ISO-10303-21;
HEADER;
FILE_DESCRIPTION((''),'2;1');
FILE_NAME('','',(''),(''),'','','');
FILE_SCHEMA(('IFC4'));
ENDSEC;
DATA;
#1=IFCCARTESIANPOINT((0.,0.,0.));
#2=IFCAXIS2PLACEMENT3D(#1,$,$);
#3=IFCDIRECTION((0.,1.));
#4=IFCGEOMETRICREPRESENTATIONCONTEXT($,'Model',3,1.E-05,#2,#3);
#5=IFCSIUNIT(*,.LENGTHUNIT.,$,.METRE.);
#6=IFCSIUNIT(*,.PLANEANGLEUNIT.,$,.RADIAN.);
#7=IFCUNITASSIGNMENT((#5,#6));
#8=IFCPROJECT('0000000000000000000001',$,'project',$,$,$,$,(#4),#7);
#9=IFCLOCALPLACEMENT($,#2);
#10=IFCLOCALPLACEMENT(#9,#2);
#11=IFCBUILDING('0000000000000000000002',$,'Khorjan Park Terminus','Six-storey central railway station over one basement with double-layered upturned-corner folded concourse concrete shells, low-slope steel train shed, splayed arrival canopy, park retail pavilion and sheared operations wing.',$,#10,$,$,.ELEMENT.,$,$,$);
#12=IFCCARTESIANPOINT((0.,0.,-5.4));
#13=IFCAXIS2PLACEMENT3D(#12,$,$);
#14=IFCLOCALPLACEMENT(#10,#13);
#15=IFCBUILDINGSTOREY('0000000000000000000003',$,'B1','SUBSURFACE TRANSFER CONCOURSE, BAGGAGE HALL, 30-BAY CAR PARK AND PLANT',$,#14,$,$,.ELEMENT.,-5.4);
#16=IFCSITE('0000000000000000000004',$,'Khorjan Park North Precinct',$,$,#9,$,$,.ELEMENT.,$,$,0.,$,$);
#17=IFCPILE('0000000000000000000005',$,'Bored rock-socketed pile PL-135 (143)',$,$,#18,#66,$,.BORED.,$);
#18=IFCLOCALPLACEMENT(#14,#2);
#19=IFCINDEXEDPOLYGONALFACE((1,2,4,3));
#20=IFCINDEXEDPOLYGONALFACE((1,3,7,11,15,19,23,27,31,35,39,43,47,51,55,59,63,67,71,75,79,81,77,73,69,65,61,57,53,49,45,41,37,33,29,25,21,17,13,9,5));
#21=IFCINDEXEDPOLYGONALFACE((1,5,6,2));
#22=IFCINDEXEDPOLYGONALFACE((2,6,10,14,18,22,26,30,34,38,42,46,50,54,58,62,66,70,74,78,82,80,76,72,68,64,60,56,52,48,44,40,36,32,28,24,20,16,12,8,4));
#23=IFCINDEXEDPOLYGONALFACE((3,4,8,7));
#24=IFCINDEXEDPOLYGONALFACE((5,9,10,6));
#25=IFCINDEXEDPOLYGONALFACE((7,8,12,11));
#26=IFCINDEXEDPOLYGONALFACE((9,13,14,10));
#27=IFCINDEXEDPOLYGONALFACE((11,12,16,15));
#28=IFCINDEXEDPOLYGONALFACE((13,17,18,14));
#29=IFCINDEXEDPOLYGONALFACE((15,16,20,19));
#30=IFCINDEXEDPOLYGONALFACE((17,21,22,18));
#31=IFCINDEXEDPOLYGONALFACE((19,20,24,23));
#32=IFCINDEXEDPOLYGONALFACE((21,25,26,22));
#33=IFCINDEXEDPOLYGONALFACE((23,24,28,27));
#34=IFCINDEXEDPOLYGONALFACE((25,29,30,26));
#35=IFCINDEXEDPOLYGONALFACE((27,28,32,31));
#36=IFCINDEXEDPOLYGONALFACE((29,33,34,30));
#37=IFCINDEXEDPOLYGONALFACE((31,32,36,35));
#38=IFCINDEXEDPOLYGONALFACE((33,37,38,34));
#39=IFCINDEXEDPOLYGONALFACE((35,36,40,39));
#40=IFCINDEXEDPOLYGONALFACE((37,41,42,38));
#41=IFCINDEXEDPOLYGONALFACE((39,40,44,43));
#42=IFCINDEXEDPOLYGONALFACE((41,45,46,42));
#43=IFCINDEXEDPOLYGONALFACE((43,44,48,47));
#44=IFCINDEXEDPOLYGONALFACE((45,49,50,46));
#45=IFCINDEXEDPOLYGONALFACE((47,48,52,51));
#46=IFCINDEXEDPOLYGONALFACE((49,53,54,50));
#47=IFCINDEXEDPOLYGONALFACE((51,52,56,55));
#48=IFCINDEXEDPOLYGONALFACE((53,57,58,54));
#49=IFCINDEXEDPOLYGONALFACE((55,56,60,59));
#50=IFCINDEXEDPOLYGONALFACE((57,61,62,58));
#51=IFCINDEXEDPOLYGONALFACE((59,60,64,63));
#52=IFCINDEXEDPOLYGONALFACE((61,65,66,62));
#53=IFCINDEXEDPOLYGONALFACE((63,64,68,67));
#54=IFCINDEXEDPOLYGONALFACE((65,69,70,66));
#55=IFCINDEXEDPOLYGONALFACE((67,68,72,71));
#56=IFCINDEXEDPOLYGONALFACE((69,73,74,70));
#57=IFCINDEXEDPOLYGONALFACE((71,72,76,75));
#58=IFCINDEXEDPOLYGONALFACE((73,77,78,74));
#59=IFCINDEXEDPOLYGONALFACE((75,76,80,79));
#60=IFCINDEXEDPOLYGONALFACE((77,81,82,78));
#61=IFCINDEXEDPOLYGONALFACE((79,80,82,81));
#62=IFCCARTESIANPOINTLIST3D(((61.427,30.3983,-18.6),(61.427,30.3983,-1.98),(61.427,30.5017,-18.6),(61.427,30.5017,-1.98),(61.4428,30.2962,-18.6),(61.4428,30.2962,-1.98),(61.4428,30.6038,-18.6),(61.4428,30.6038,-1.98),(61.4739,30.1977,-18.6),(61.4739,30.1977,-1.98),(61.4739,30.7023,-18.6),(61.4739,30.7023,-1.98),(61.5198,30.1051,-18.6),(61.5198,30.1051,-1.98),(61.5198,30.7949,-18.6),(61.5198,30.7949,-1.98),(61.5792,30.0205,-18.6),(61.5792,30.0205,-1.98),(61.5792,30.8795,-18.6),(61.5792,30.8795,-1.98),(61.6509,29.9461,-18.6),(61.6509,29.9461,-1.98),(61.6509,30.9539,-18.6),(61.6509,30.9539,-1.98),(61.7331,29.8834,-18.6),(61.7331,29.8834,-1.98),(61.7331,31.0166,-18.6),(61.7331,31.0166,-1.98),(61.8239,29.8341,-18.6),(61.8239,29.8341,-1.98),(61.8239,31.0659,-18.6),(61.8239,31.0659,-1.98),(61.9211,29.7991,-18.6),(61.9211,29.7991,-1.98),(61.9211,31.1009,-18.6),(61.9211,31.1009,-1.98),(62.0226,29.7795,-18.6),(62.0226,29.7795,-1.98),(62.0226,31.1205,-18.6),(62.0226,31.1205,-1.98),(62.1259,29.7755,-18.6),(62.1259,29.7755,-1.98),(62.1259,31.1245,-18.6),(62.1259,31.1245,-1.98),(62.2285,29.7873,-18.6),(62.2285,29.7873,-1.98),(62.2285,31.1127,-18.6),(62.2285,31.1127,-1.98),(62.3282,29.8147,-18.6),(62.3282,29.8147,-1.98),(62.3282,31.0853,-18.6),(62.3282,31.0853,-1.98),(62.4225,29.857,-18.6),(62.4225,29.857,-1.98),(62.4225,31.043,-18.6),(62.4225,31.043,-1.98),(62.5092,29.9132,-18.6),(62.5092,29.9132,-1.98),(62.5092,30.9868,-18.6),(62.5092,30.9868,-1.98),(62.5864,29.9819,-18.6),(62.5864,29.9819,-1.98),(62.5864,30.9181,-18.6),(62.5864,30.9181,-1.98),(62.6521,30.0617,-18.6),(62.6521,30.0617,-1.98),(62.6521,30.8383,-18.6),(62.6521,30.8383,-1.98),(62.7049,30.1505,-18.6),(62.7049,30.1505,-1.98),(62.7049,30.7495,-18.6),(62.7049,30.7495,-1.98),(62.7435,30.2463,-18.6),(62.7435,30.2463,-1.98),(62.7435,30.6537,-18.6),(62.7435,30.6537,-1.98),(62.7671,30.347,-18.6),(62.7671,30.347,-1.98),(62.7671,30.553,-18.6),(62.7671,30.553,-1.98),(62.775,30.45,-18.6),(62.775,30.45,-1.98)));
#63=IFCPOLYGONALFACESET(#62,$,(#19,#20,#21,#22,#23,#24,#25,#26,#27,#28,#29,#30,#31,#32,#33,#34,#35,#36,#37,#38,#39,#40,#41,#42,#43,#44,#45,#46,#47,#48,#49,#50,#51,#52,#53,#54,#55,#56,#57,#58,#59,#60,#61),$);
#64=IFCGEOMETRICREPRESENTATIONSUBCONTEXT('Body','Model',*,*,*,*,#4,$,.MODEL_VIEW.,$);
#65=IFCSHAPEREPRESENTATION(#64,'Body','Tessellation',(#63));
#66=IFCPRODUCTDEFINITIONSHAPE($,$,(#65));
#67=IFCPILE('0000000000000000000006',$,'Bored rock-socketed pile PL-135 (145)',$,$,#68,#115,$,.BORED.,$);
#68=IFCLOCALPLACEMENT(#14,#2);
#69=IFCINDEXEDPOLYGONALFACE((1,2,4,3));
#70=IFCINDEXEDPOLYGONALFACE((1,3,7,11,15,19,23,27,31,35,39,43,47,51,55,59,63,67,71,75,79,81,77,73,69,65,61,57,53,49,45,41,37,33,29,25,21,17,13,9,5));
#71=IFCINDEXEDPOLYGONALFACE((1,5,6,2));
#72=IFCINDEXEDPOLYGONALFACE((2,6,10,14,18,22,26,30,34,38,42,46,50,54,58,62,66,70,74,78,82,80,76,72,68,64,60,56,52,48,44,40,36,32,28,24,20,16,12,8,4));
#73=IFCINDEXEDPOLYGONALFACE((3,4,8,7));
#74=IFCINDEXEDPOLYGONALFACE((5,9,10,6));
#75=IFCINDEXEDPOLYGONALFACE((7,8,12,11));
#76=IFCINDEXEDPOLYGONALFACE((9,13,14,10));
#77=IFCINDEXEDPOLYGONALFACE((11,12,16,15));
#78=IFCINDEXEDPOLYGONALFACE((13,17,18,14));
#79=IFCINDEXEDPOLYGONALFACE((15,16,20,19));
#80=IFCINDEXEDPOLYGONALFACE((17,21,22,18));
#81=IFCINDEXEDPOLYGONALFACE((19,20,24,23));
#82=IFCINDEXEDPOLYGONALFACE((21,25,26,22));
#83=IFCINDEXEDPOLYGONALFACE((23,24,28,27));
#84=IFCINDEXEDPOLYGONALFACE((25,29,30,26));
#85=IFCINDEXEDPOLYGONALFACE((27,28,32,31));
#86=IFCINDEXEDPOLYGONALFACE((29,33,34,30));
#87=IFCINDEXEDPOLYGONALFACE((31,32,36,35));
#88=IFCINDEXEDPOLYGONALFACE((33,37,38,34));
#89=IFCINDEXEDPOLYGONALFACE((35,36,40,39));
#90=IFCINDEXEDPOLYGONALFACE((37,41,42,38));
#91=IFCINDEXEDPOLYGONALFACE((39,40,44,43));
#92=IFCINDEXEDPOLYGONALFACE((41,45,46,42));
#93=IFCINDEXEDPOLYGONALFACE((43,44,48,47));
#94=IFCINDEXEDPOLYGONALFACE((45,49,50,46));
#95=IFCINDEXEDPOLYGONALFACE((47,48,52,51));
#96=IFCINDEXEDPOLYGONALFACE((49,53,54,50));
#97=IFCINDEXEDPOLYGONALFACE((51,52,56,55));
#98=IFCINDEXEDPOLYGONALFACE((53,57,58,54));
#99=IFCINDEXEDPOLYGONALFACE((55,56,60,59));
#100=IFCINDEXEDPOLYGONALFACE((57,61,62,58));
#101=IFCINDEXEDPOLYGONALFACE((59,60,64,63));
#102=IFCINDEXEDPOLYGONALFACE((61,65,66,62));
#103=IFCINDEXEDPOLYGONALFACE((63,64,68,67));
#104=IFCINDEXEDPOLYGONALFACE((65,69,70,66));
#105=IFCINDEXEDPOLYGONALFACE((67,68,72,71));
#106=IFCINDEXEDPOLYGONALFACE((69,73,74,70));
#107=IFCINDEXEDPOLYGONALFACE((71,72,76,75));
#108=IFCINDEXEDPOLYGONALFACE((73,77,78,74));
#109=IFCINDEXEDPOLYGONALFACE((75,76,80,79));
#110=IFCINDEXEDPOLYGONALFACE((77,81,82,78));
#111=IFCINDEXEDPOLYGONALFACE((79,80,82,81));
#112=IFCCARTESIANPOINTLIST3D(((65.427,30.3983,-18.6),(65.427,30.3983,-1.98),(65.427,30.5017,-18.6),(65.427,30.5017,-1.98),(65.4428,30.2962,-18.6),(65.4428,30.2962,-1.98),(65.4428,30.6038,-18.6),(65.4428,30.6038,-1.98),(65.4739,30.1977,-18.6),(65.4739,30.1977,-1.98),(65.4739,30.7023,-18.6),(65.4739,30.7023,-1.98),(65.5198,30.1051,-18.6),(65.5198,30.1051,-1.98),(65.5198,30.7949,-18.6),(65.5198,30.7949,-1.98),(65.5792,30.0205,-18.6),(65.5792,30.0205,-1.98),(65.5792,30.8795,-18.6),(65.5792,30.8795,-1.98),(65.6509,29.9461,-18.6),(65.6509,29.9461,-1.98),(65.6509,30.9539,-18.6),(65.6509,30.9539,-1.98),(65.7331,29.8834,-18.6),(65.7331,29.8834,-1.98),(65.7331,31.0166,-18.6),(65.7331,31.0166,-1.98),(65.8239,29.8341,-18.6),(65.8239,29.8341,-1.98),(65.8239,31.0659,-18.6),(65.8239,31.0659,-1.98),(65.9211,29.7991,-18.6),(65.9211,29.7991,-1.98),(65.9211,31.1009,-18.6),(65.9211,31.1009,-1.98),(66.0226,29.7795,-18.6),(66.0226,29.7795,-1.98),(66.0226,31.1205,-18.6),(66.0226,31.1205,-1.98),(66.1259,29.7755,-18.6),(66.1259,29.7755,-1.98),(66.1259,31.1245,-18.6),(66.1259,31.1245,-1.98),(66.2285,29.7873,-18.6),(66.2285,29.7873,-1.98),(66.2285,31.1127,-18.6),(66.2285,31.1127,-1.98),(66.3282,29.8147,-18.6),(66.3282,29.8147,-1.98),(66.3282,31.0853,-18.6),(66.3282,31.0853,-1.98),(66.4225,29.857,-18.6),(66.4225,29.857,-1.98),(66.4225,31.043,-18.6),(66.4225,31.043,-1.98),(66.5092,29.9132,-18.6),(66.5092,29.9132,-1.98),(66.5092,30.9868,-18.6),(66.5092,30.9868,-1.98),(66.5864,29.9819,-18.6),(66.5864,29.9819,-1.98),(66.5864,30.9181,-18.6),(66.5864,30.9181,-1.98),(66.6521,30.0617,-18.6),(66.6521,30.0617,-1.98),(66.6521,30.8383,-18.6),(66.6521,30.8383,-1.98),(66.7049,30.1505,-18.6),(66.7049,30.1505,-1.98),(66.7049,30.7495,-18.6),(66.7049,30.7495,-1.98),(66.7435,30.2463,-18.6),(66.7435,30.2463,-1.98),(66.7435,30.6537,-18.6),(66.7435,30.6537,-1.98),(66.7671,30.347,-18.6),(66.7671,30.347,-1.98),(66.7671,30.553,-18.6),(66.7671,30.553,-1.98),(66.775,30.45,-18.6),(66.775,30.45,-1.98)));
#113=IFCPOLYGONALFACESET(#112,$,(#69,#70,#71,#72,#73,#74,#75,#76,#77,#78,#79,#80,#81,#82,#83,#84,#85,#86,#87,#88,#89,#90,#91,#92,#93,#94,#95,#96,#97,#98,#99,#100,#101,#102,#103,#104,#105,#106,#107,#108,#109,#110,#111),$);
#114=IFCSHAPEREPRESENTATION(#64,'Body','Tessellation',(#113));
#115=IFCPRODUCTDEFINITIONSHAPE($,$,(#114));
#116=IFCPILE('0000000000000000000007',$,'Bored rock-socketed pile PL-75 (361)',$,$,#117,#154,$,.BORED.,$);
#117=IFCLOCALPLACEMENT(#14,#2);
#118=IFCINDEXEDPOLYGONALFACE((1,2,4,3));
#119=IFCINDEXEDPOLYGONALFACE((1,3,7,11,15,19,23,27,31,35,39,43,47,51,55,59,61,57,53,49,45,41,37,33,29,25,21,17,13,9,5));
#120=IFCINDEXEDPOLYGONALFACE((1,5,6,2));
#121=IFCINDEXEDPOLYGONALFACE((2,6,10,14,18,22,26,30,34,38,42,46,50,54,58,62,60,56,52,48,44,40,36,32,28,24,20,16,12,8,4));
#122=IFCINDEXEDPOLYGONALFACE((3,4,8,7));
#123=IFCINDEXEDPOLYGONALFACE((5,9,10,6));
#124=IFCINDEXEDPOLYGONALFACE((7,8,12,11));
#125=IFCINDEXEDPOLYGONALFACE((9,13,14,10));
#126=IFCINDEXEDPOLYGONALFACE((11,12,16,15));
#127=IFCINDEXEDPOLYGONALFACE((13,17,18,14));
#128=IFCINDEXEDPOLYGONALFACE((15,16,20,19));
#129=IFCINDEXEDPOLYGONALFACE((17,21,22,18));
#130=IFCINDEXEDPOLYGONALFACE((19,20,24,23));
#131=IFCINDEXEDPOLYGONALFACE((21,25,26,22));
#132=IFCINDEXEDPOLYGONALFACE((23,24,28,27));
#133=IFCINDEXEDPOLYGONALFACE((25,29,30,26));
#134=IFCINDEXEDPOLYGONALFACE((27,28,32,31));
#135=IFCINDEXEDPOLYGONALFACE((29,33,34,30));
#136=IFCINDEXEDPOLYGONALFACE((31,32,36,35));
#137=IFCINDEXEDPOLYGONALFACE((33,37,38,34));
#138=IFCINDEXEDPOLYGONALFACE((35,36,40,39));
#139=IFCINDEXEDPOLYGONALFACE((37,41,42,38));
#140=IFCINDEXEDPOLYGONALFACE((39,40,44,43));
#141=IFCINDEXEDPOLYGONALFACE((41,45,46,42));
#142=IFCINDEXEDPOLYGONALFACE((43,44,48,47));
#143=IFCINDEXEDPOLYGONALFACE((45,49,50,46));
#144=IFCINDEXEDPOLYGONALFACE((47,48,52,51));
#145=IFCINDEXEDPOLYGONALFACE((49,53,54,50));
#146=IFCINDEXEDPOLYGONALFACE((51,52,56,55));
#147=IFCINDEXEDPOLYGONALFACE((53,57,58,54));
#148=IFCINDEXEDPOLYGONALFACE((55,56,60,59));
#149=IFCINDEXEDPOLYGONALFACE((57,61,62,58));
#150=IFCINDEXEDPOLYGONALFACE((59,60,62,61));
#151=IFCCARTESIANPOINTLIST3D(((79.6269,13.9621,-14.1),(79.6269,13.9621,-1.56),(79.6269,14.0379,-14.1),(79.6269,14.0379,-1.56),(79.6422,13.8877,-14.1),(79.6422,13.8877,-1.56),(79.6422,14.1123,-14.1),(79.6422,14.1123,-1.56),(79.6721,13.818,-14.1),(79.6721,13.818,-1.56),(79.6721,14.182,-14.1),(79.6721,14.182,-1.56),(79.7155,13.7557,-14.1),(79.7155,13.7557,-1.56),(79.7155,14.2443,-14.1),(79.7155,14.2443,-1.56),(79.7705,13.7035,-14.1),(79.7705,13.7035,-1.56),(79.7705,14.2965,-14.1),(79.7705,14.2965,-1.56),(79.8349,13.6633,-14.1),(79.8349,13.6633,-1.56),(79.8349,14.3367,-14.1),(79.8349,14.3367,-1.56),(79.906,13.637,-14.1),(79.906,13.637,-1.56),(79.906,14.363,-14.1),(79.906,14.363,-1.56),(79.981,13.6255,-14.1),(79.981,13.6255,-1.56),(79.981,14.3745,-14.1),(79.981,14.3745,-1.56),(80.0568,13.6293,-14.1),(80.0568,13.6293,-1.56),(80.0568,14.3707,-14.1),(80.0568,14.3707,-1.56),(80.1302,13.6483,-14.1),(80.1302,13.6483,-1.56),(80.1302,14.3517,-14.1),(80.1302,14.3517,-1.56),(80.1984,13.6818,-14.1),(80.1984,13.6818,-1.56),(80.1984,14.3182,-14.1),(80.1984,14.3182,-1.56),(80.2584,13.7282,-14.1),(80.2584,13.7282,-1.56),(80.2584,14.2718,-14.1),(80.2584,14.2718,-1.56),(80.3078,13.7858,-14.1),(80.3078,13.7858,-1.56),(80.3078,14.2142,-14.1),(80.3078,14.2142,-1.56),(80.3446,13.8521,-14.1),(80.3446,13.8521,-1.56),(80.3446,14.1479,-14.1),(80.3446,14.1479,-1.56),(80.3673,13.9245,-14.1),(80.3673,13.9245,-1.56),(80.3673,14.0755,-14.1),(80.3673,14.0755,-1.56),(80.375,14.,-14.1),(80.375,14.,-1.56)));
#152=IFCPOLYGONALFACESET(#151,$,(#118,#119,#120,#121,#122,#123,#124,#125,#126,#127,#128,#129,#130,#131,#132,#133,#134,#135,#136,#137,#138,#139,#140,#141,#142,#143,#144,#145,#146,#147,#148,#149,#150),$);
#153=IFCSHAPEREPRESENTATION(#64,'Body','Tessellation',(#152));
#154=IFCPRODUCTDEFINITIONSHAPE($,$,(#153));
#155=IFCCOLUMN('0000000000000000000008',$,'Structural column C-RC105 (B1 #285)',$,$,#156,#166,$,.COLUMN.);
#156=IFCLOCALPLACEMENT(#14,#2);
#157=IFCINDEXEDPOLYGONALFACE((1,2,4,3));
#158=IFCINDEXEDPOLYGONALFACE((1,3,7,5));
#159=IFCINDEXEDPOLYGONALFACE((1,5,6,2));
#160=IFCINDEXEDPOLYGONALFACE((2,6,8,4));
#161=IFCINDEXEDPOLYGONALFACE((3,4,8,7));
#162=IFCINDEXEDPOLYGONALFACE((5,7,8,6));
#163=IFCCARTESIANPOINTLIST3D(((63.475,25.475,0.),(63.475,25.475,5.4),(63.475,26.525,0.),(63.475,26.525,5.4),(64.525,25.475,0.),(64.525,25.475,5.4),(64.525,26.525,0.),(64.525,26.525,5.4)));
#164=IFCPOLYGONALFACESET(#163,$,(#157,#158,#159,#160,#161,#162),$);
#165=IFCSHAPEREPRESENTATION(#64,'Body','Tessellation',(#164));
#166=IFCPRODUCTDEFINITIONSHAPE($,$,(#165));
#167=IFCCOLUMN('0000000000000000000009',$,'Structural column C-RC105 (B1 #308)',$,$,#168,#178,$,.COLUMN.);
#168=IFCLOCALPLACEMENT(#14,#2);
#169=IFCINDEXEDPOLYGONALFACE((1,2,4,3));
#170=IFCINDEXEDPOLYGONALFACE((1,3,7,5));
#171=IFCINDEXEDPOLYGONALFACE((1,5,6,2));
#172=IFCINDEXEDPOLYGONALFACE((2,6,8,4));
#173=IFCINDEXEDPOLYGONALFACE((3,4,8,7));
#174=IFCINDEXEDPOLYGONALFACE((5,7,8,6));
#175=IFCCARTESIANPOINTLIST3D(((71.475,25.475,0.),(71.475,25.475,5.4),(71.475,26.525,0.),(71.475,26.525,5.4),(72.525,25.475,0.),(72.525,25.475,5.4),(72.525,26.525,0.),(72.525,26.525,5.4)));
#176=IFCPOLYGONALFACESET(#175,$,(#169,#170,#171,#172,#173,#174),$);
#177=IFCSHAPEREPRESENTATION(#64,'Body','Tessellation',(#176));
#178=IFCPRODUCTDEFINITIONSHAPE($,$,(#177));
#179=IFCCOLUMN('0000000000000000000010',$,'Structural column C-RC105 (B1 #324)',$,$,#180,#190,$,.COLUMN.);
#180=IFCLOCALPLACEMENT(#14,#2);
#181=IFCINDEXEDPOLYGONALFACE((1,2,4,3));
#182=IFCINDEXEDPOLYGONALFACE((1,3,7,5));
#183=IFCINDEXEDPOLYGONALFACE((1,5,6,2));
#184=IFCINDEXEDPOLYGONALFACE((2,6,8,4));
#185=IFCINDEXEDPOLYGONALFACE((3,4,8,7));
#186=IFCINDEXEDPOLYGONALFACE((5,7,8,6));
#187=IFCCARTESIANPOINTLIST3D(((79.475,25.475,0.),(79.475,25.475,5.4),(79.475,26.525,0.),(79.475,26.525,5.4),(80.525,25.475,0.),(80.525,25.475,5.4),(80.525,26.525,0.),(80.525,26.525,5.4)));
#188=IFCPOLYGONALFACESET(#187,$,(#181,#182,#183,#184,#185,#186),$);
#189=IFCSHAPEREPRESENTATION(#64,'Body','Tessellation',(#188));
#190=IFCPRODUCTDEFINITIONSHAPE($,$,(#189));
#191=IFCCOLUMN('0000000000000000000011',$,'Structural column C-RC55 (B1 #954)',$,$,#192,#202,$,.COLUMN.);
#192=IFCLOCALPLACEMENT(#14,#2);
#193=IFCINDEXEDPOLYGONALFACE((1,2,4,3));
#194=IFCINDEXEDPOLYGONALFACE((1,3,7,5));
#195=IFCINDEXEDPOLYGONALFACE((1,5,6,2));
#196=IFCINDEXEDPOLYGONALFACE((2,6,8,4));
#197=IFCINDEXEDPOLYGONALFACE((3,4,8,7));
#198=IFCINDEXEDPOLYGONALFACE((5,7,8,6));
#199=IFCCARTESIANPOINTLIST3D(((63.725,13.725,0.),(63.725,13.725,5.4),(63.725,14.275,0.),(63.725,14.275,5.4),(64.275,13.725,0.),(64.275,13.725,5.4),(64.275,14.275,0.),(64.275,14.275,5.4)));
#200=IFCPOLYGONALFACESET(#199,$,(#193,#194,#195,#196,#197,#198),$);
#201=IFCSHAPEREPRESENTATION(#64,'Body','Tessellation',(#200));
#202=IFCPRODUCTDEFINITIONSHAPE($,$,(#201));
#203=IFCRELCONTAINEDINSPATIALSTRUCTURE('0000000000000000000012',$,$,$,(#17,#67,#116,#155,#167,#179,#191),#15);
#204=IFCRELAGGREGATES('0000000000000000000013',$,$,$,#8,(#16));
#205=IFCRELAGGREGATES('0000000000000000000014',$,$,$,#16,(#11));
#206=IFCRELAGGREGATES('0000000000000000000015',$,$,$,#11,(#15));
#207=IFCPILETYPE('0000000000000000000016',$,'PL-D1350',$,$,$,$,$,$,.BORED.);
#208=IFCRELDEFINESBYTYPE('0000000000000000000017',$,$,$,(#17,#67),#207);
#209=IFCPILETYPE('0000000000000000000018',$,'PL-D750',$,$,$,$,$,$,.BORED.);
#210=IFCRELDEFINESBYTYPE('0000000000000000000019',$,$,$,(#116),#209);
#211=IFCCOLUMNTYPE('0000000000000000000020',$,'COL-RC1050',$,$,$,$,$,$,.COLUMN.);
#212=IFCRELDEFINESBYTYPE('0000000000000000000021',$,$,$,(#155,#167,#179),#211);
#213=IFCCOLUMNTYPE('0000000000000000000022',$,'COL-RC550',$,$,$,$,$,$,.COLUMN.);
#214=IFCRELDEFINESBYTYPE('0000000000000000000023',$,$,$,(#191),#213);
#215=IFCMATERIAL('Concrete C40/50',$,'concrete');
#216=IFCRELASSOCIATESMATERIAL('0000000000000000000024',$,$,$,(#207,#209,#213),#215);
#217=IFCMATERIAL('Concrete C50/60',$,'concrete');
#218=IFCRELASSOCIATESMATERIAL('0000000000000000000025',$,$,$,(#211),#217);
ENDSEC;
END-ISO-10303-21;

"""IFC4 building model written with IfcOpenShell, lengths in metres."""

from ifc_helpers import new_model, si_unit, direction, frame, origin, origin_2d, place, context, subcontext, project, spatial, rectangle, circle, extrude, material, material_profile, profile_set, type_object, element, save


model = new_model("IFC4")

# Units and contexts
model_context = context("Model", 3, precision=1e-05, world=origin(), true_north=direction((0.0, 1.0)))
body_context = subcontext(model_context, "Body", "Model", "MODEL_VIEW")
ifc_project = project(units=[si_unit("LENGTHUNIT", "METRE"), si_unit("PLANEANGLEUNIT", "RADIAN")], contexts=[model_context])

# Site, building, storey
site_placement = place(None, origin())
site = spatial("IfcSite", under=ifc_project, at=site_placement, Name="Khorjan Park North Precinct", CompositionType="ELEMENT", RefElevation=0.0)
building_placement = place(site_placement, origin())
building = spatial("IfcBuilding", under=site, at=building_placement, Name="Khorjan Park Terminus", Description="Six-storey central railway station over one basement with double-layered upturned-corner folded concourse concrete shells, low-slope steel train shed, splayed arrival canopy, park retail pavilion and sheared operations wing.", CompositionType="ELEMENT")
storey_placement = place(building_placement, frame((0.0, 0.0, -5.4)))
storey = spatial("IfcBuildingStorey", under=building, at=storey_placement, Name="B1", Description="SUBSURFACE TRANSFER CONCOURSE, BAGGAGE HALL, 30-BAY CAR PARK AND PLANT", CompositionType="ELEMENT", Elevation=-5.4)

# Shared definitions
ifc_material_1 = material(Name="Concrete C40/50", Category="concrete")

# Piles
ifc_material_profile_1 = material_profile(ifc_material_1, circle(Radius=0.675, at=origin_2d()), Name="BORED D1350")
ifc_profile_set_1 = profile_set([ifc_material_profile_1], Name="Concrete C40/50")
pile_type_1 = type_object("IfcPileType", Name="PL-D1350", PredefinedType="BORED", material=ifc_profile_set_1)
for number, where, z_axis, x_axis, name in (
    (1, (62.1, 30.45, -1.98), (0.0, 0.0, -1.0), (1.0, 0.0, 0.0), "Bored rock-socketed pile PL-135 (143)"),
    (2, (66.1, 30.45, -1.98), (0.0, 0.0, -1.0), (1.0, 0.0, 0.0), "Bored rock-socketed pile PL-135 (145)"),
):
    element("IfcPile", number, at=place(storey_placement, frame(where, z_axis=z_axis, x_axis=x_axis)), inside=storey, type_object=pile_type_1, Name=name, PredefinedType="BORED", context=body_context, shape_type="SweptSolid", body=[
        extrude(circle(Radius=0.675, at=origin_2d()), origin(), (0.0, 0.0, 1.0), 16.62),
    ])
ifc_material_profile_2 = material_profile(ifc_material_1, circle(Radius=0.375, at=origin_2d()), Name="BORED D750")
ifc_profile_set_2 = profile_set([ifc_material_profile_2], Name="Concrete C40/50")
pile_type_2 = type_object("IfcPileType", Name="PL-D750", PredefinedType="BORED", material=ifc_profile_set_2)
pile_1_placement = place(storey_placement, frame((80.0, 14.0, -1.56), z_axis=(0.0, 0.0, -1.0), x_axis=(1.0, 0.0, 0.0)))
element("IfcPile", 3, at=pile_1_placement, inside=storey, type_object=pile_type_2, Name="Bored rock-socketed pile PL-75 (361)", PredefinedType="BORED", context=body_context, shape_type="SweptSolid", body=[
    extrude(circle(Radius=0.375, at=origin_2d()), origin(), (0.0, 0.0, 1.0), 12.54),
])

# Columns
ifc_material_2 = material(Name="Concrete C50/60", Category="concrete")
ifc_material_profile_3 = material_profile(ifc_material_2, rectangle(XDim=1.05, YDim=1.05, at=origin_2d()), Name="RC 1050x1050")
ifc_profile_set_3 = profile_set([ifc_material_profile_3], Name="Concrete C50/60")
column_type_1 = type_object("IfcColumnType", Name="COL-RC1050", PredefinedType="COLUMN", material=ifc_profile_set_3)
for number, where, z_axis, x_axis, name in (
    (4, (64.0, 26.0, 0.0), (0.0, 0.0, 1.0), (1.0, 0.0, 0.0), "Structural column C-RC105 (B1 #285)"),
    (5, (72.0, 26.0, 0.0), (0.0, 0.0, 1.0), (1.0, 0.0, 0.0), "Structural column C-RC105 (B1 #308)"),
    (6, (80.0, 26.0, 0.0), (0.0, 0.0, 1.0), (1.0, 0.0, 0.0), "Structural column C-RC105 (B1 #324)"),
):
    element("IfcColumn", number, at=place(storey_placement, frame(where, z_axis=z_axis, x_axis=x_axis)), inside=storey, type_object=column_type_1, Name=name, PredefinedType="COLUMN", context=body_context, shape_type="SweptSolid", body=[
        extrude(rectangle(XDim=1.05, YDim=1.05, at=origin_2d()), origin(), (0.0, 0.0, 1.0), 5.4),
    ])
ifc_material_profile_4 = material_profile(ifc_material_1, rectangle(XDim=0.55, YDim=0.55, at=origin_2d()), Name="RC 550x550")
ifc_profile_set_4 = profile_set([ifc_material_profile_4], Name="Concrete C40/50")
column_type_2 = type_object("IfcColumnType", Name="COL-RC550", PredefinedType="COLUMN", material=ifc_profile_set_4)
for number, where, z_axis, x_axis, name in (
    (7, (64.0, 14.0, 0.0), (0.0, 0.0, 1.0), (1.0, 0.0, 0.0), "Structural column C-RC55 (B1 #954)"),
):
    element("IfcColumn", number, at=place(storey_placement, frame(where, z_axis=z_axis, x_axis=x_axis)), inside=storey, type_object=column_type_2, Name=name, PredefinedType="COLUMN", context=body_context, shape_type="SweptSolid", body=[
        extrude(rectangle(XDim=0.55, YDim=0.55, at=origin_2d()), origin(), (0.0, 0.0, 1.0), 5.4),
    ])

save(model, "model.ifc")
